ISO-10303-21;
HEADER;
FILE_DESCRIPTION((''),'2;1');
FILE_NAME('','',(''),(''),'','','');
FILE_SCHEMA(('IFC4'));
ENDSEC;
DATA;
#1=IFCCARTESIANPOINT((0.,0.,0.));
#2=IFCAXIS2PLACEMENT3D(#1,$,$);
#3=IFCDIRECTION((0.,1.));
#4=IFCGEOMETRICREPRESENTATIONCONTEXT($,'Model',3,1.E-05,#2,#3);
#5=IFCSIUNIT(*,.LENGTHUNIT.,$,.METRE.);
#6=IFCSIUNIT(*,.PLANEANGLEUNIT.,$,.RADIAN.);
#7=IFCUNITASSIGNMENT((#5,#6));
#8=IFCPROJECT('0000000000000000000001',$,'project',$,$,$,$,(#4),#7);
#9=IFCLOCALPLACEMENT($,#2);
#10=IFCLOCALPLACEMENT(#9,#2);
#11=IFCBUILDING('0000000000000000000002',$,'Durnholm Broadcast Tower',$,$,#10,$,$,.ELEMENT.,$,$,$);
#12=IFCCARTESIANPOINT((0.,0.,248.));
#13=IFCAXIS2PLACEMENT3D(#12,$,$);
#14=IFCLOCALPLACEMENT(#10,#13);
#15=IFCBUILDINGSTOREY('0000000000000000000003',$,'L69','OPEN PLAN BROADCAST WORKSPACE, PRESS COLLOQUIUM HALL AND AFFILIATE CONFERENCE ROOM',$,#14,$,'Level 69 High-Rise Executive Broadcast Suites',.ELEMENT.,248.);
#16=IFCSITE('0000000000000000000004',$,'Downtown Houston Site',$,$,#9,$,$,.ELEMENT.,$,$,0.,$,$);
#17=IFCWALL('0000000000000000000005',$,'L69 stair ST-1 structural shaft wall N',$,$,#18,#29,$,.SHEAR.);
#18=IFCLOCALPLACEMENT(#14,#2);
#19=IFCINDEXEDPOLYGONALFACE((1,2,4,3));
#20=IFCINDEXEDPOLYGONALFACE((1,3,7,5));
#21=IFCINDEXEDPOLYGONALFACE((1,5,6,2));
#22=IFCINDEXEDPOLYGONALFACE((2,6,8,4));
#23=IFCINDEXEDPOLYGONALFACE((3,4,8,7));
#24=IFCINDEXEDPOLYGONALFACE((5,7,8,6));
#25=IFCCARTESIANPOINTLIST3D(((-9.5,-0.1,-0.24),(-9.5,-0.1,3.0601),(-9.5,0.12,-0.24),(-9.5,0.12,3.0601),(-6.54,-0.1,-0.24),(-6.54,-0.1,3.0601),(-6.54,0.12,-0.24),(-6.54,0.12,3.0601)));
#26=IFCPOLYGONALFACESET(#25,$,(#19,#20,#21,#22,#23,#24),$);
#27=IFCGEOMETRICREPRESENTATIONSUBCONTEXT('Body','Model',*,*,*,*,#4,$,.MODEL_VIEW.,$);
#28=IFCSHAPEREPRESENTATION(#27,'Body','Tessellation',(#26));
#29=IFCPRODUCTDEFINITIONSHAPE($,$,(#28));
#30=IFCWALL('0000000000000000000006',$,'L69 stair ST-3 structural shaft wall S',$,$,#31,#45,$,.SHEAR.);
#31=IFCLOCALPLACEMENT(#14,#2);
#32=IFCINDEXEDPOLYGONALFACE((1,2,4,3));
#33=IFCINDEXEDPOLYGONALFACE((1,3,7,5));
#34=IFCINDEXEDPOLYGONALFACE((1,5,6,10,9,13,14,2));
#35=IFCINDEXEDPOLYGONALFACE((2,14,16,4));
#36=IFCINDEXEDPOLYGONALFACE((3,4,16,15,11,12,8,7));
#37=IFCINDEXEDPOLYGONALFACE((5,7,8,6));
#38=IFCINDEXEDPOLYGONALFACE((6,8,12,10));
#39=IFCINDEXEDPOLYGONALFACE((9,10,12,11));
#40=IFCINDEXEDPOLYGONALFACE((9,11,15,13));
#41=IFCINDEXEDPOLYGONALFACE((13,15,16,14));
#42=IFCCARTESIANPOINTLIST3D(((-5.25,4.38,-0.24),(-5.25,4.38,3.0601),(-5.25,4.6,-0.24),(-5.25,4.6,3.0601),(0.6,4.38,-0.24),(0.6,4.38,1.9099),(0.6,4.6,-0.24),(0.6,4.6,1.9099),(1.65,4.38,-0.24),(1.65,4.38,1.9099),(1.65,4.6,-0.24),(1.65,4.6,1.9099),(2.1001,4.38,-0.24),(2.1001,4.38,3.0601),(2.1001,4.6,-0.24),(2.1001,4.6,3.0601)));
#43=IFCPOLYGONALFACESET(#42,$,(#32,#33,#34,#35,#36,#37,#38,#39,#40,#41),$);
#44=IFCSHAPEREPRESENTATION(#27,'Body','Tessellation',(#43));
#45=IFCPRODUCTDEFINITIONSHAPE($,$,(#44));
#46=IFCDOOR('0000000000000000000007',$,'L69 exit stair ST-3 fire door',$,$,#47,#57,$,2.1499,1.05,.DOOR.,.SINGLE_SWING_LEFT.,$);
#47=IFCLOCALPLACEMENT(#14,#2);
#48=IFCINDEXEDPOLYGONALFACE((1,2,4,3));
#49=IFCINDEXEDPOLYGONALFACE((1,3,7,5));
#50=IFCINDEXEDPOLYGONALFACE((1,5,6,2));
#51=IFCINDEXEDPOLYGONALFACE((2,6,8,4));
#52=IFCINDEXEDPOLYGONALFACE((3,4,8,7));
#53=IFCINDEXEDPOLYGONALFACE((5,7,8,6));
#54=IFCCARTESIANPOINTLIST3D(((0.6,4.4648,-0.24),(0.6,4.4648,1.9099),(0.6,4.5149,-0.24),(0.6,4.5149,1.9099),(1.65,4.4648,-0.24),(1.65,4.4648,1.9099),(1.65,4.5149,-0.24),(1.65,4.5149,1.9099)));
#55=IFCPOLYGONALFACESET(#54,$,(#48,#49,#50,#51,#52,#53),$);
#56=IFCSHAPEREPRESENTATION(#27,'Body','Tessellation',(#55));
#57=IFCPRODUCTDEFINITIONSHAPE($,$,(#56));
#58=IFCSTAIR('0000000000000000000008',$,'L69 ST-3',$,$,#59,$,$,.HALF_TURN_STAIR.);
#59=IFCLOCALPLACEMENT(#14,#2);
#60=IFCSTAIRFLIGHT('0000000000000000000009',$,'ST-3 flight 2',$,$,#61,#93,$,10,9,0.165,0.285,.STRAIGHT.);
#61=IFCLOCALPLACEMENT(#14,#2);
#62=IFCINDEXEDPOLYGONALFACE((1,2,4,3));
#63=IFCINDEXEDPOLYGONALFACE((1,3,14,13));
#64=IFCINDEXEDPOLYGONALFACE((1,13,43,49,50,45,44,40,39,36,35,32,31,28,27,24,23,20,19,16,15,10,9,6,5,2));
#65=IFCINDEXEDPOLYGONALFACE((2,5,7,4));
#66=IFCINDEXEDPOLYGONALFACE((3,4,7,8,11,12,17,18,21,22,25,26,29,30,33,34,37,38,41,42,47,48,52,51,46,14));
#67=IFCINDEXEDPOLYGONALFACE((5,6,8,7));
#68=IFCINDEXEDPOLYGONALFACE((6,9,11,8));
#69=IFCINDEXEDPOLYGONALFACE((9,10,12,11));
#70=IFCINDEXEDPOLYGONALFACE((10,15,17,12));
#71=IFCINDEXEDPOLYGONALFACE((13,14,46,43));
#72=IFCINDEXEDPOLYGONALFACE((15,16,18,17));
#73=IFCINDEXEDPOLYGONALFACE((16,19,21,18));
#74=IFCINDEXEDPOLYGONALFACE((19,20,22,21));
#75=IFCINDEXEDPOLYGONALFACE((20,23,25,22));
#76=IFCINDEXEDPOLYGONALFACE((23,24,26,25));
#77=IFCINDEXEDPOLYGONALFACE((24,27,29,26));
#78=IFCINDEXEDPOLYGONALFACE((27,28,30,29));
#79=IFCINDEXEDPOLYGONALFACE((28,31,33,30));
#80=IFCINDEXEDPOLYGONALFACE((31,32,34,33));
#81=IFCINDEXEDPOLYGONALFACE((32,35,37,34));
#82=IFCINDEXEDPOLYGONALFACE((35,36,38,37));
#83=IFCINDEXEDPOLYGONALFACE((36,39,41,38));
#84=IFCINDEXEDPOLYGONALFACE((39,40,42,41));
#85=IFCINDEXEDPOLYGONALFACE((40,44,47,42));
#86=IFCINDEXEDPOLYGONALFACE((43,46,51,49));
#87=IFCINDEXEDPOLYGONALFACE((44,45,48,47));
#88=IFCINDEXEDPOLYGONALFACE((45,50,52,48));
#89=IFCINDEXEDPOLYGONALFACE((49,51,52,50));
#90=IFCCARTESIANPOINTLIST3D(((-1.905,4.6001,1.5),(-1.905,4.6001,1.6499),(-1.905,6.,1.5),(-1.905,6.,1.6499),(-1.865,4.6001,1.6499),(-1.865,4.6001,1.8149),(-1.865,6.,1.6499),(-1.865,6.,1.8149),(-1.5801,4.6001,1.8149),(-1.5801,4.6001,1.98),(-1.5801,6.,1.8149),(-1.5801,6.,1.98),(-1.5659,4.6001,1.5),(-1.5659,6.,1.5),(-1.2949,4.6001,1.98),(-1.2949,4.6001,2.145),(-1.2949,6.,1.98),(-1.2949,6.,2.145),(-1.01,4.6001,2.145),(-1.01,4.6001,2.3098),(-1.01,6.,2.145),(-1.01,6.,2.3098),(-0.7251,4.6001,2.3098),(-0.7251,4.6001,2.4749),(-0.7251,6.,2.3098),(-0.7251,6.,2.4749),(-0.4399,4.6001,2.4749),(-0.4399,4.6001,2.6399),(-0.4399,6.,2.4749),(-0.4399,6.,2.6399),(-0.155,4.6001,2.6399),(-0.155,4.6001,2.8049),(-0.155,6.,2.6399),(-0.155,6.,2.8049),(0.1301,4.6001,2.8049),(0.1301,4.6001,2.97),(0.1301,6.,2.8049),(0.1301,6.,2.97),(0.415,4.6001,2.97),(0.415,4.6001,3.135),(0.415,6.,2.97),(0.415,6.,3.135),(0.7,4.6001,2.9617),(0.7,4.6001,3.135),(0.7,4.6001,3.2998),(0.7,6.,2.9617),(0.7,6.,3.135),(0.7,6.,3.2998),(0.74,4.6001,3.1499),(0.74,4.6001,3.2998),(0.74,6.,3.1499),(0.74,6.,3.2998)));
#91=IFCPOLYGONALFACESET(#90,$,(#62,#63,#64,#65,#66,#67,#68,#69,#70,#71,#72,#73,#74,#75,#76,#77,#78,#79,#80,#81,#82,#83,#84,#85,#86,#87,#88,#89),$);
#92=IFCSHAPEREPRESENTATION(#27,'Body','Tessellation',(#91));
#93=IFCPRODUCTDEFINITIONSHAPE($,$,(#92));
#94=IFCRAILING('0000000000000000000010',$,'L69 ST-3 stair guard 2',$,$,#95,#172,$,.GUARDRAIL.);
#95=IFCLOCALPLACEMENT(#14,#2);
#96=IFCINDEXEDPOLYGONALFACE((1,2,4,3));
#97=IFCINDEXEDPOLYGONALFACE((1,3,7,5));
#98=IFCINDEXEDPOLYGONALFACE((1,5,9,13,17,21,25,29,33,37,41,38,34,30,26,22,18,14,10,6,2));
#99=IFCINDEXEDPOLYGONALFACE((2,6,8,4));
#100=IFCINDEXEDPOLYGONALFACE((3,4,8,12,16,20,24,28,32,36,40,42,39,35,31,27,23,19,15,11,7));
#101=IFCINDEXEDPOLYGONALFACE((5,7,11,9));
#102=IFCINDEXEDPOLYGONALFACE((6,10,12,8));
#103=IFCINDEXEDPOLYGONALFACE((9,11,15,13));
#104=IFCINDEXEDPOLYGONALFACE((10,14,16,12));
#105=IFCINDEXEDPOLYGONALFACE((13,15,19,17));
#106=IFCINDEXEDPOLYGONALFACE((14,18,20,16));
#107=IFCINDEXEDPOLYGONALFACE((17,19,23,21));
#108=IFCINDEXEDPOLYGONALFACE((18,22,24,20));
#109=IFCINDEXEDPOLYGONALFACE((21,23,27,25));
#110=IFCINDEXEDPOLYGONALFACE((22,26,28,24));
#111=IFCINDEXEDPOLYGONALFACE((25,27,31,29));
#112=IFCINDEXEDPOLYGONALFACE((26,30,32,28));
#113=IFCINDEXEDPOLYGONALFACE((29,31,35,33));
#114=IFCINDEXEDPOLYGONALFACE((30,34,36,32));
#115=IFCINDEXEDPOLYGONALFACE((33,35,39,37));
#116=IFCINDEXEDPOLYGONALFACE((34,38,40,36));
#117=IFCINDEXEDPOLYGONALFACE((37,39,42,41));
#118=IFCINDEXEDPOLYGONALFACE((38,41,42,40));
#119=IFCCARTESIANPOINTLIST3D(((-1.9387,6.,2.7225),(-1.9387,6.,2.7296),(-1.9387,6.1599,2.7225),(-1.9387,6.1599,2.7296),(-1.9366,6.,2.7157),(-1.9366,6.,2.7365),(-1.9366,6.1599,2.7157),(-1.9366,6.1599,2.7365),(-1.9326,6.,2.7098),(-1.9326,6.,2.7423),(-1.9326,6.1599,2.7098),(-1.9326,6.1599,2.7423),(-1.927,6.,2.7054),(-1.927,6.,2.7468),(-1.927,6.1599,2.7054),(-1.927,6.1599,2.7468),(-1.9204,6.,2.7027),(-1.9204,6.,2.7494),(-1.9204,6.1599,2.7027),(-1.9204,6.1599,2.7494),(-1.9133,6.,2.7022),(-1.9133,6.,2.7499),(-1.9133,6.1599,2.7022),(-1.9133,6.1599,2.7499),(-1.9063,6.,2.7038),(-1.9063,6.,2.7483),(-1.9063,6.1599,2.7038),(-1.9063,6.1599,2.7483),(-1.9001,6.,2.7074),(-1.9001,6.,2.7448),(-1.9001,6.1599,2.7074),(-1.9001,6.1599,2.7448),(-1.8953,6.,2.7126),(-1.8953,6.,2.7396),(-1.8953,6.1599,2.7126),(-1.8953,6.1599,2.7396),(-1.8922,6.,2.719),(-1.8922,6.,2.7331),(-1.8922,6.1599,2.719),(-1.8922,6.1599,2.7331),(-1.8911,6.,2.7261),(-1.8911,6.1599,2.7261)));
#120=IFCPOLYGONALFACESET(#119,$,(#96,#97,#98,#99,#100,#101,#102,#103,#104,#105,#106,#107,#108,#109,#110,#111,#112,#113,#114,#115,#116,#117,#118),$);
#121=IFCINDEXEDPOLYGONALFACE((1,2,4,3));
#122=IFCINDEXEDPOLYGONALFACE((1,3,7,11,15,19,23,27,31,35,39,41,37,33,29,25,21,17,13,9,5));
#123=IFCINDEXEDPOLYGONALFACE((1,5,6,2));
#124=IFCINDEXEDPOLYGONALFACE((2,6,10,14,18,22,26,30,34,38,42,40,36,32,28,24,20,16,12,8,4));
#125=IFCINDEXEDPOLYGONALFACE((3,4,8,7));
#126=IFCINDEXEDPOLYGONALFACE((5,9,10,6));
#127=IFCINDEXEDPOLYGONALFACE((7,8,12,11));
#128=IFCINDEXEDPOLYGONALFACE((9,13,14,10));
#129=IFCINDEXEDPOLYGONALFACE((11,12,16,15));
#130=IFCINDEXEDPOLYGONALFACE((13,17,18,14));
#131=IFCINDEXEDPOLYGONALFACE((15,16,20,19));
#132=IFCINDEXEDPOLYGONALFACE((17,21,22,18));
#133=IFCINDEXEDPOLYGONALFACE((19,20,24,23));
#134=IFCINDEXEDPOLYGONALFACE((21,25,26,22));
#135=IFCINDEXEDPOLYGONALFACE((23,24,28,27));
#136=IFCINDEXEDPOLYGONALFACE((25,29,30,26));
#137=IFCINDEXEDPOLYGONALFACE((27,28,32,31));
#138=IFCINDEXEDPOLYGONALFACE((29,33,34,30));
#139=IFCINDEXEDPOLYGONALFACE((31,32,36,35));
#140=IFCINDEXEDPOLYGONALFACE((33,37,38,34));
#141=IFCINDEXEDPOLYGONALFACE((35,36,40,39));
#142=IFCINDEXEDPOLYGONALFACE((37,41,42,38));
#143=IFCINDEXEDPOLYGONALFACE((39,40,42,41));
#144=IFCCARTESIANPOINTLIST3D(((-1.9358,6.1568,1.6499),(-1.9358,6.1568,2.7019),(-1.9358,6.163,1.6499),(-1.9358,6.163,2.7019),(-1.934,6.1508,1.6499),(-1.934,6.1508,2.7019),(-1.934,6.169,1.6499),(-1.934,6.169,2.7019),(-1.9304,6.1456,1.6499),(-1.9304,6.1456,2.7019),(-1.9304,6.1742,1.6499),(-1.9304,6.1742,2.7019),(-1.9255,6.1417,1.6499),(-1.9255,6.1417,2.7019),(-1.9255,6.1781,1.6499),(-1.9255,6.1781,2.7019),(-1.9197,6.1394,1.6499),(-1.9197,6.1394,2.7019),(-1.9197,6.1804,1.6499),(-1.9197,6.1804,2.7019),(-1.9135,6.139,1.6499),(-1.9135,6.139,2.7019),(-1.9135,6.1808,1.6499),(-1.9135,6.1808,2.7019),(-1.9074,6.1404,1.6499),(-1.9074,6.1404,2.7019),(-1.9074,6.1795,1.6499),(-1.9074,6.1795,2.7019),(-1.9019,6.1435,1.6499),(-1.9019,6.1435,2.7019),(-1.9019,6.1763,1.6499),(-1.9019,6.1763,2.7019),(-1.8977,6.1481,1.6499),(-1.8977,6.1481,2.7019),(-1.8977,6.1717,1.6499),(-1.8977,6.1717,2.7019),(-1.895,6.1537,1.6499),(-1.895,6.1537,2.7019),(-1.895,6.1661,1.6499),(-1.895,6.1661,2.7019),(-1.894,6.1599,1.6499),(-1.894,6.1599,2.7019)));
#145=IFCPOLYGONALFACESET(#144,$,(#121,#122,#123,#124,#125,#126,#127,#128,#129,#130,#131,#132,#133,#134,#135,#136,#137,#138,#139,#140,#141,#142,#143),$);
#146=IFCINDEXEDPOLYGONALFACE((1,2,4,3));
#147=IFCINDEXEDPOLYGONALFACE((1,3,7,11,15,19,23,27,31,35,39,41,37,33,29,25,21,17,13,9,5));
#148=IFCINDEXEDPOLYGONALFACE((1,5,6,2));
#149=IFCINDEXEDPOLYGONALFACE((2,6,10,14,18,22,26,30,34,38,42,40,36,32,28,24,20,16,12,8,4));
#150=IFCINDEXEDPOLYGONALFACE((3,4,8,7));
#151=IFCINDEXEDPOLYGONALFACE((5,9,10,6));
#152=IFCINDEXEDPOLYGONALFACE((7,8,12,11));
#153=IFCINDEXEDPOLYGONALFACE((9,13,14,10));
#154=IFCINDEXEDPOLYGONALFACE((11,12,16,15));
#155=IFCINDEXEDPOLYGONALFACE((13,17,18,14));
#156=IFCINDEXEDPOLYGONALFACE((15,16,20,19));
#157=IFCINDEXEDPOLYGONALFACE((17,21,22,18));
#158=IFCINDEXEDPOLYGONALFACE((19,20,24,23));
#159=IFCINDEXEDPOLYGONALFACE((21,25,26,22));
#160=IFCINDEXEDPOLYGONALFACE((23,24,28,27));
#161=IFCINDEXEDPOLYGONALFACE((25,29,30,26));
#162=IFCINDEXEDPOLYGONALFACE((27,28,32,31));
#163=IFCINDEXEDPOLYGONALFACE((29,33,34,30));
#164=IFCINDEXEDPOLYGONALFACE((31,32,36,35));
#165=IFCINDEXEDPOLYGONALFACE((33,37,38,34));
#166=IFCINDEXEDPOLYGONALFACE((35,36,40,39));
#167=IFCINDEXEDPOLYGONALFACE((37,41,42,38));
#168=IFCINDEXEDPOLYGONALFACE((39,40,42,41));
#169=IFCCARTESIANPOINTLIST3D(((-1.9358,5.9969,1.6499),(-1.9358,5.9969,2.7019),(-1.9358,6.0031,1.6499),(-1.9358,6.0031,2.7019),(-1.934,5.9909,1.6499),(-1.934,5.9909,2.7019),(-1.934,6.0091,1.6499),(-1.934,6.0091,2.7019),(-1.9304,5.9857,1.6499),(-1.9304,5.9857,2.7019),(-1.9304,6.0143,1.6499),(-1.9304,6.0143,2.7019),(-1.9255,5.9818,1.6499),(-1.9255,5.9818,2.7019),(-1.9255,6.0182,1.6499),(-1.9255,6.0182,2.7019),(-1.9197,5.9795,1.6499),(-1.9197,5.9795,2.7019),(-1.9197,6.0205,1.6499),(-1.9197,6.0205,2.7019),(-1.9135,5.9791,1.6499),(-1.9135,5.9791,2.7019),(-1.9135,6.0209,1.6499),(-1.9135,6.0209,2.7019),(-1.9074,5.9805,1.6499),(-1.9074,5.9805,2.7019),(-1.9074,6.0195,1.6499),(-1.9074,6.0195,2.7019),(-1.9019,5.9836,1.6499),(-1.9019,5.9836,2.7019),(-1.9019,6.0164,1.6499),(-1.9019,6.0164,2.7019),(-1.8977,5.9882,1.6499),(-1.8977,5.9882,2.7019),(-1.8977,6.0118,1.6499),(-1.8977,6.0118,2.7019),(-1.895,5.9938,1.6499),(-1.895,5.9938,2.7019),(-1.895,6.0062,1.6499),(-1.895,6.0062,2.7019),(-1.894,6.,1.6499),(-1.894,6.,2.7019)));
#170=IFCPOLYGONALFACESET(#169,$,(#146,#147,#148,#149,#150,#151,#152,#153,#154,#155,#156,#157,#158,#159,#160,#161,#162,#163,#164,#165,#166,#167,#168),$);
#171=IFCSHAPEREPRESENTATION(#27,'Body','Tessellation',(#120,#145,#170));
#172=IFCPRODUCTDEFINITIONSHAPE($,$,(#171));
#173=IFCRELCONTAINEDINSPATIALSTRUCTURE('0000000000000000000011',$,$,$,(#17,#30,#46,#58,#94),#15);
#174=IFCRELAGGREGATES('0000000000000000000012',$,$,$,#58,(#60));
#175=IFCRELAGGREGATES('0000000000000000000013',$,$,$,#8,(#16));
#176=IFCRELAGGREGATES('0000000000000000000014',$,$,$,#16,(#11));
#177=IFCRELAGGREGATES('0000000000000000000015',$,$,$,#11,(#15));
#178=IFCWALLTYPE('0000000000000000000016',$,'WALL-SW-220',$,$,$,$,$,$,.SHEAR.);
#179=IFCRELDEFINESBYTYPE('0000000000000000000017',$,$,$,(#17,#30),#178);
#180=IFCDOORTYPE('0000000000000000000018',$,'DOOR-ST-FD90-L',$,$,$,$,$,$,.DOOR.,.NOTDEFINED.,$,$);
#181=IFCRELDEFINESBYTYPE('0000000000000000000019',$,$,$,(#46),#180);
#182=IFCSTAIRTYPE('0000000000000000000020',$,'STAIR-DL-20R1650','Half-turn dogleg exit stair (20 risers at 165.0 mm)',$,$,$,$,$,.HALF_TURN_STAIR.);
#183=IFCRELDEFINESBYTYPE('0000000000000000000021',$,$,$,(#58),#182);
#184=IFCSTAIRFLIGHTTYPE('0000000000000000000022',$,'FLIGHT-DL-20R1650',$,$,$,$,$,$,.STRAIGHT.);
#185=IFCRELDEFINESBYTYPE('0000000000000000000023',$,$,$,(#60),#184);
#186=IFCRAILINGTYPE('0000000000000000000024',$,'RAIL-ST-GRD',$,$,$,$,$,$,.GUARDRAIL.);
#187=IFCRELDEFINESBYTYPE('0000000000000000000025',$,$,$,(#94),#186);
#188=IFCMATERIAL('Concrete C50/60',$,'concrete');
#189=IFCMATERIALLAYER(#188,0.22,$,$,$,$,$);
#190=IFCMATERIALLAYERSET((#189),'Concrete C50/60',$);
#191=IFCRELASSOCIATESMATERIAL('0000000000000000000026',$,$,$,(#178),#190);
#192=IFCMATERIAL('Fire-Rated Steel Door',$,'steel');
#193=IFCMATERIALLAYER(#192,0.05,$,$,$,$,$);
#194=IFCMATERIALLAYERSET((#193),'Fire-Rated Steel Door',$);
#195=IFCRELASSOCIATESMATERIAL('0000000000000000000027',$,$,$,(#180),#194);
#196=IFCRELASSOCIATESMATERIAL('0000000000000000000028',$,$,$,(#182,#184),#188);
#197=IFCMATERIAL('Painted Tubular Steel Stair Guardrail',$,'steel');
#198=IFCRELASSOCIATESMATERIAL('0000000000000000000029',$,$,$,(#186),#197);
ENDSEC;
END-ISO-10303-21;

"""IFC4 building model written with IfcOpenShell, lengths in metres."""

from ifc_helpers import new_model, si_unit, direction, frame, frame_2d, origin, origin_2d, place, context, subcontext, project, spatial, polyline, rectangle, circle, outline, extrude, source, transform, mapped, material, layer, layer_set, type_object, type_shapes, element, fill, aggregate, save


model = new_model("IFC4")

# Units and contexts
model_context = context("Model", 3, precision=1e-05, world=origin(), true_north=direction((0.0, 1.0)))
body_context = subcontext(model_context, "Body", "Model", "MODEL_VIEW")
ifc_project = project(units=[si_unit("LENGTHUNIT", "METRE"), si_unit("PLANEANGLEUNIT", "RADIAN")], contexts=[model_context])

# Site, building, storey
site_placement = place(None, origin())
site = spatial("IfcSite", under=ifc_project, at=site_placement, Name="Downtown Houston Site", CompositionType="ELEMENT", RefElevation=0.0)
building_placement = place(site_placement, origin())
building = spatial("IfcBuilding", under=site, at=building_placement, Name="Durnholm Broadcast Tower", CompositionType="ELEMENT")
storey_placement = place(building_placement, frame((0.0, 0.0, 248.0)))
storey = spatial("IfcBuildingStorey", under=building, at=storey_placement, Name="L69", Description="OPEN PLAN BROADCAST WORKSPACE, PRESS COLLOQUIUM HALL AND AFFILIATE CONFERENCE ROOM", LongName="Level 69 High-Rise Executive Broadcast Suites", CompositionType="ELEMENT", Elevation=248.0)

# Wall
ifc_material_1 = material(Name="Concrete C50/60", Category="concrete")
ifc_layer_1 = layer(ifc_material_1, 0.22)
ifc_layer_set_1 = layer_set([ifc_layer_1], Name="Concrete C50/60")
wall_type_1 = type_object("IfcWallType", Name="WALL-SW-220", PredefinedType="SHEAR", material=ifc_layer_set_1)
wall_1_placement = place(storey_placement, frame((-6.54, 0.01, -0.24), z_axis=(0.0, 0.0, 1.0), x_axis=(-1.0, 0.0, 0.0)))
element("IfcWall", 1, at=wall_1_placement, inside=storey, type_object=wall_type_1, Name="L69 stair ST-1 structural shaft wall N", PredefinedType="SHEAR", context=body_context, shape_type="SweptSolid", body=[
    extrude(rectangle(XDim=2.96, YDim=0.22, at=frame_2d((1.48, 0.0))), origin(), (0.0, 0.0, 1.0), 3.3),
])

# Wall, opening, door
wall_2_placement = place(storey_placement, frame((-5.25, 4.49, -0.24), z_axis=(0.0, 0.0, 1.0), x_axis=(1.0, 0.0, 0.0)))
wall_2 = element("IfcWall", 2, at=wall_2_placement, inside=storey, type_object=wall_type_1, Name="L69 stair ST-3 structural shaft wall S", PredefinedType="SHEAR", context=body_context, shape_type="SweptSolid", body=[
    extrude(rectangle(XDim=7.3501, YDim=0.22, at=frame_2d((3.675, 0.0))), origin(), (0.0, 0.0, 1.0), 3.3),
])
opening_1_placement = place(wall_2_placement, frame((5.8501, 0.0, 0.0)))
opening_1 = element("IfcOpeningElement", 3, at=opening_1_placement, cuts=wall_2, PredefinedType="OPENING", context=body_context, shape_type="SweptSolid", body=[
    extrude(rectangle(XDim=1.05, YDim=2.1499, at=frame_2d((0.5249, 1.075))), frame((0.0, 0.1201, 0.0), z_axis=(0.0, -1.0, 0.0), x_axis=(1.0, 0.0, 0.0)), (0.0, 0.0, 1.0), 0.24),
])
ifc_material_2 = material(Name="Fire-Rated Steel Door", Category="steel")
ifc_layer_2 = layer(ifc_material_2, 0.05)
ifc_layer_set_2 = layer_set([ifc_layer_2], Name="Fire-Rated Steel Door")
door_type_1 = type_object("IfcDoorType", Name="DOOR-ST-FD90-L", OperationType="NOTDEFINED", PredefinedType="DOOR", material=ifc_layer_set_2)
shared_shape_1 = source(origin(), body_context, "Body", "SweptSolid", [
    extrude(rectangle(XDim=1.05, YDim=2.1499, at=frame_2d((0.5249, 1.075))), frame((0.0, 0.0249, 0.0), z_axis=(0.0, -1.0, 0.0), x_axis=(1.0, 0.0, 0.0)), (0.0, 0.0, 1.0), 0.05),
])
type_shapes(door_type_1, [shared_shape_1])
door_1_placement = place(opening_1_placement, origin())
door_1 = element("IfcDoor", 4, at=door_1_placement, inside=storey, type_object=door_type_1, Name="L69 exit stair ST-3 fire door", OperationType="SINGLE_SWING_LEFT", OverallHeight=2.1499, OverallWidth=1.05, PredefinedType="DOOR", context=body_context, shape_type="MappedRepresentation", body=[
    mapped(shared_shape_1, transform((0.0, 0.0, 0.0), x_axis=(1.0, 0.0, 0.0), y_axis=(0.0, 1.0, 0.0), z_axis=(0.0, 0.0, 1.0), scale=1.0)),
])
fill(opening_1, door_1)

# Stair, stair flight
stair_type = type_object("IfcStairType", Name="STAIR-DL-20R1650", Description="Half-turn dogleg exit stair (20 risers at 165.0 mm)", PredefinedType="HALF_TURN_STAIR", material=ifc_material_1)
stair_placement = place(storey_placement, origin())
stair = element("IfcStair", 5, at=stair_placement, inside=storey, type_object=stair_type, Name="L69 ST-3", PredefinedType="HALF_TURN_STAIR")
stair_flight_type = type_object("IfcStairFlightType", Name="FLIGHT-DL-20R1650", PredefinedType="STRAIGHT", material=ifc_material_1)
stair_flight_placement = place(storey_placement, frame((-1.865, 5.3, 1.6499), z_axis=(0.0, 0.0, 1.0), x_axis=(1.0, 0.0, 0.0)))
stair_flight = element("IfcStairFlight", 6, at=stair_flight_placement, type_object=stair_flight_type, Name="ST-3 flight 2", NumberOfRisers=10, NumberOfTreads=9, PredefinedType="STRAIGHT", RiserHeight=0.165, TreadLength=0.285, context=body_context, shape_type="SweptSolid", body=[
    extrude(outline(polyline([(-0.04, -0.1499), (-0.04, 0.0), (0.0, 0.0), (0.0, 0.165), (0.2849, 0.165), (0.2849, 0.3301), (0.5701, 0.3301), (0.5701, 0.4951), (0.855, 0.4951), (0.855, 0.6599), (1.1399, 0.6599), (1.1399, 0.825), (1.425, 0.825), (1.425, 0.99), (1.71, 0.99), (1.71, 1.155), (1.9951, 1.155), (1.9951, 1.3201), (2.28, 1.3201), (2.28, 1.4851), (2.5649, 1.4851), (2.5649, 1.6499), (2.605, 1.6499), (2.605, 1.5), (2.5649, 1.3118), (0.2991, -0.1499), (-0.04, -0.1499)])), frame((0.0, 0.7, 0.0), z_axis=(0.0, -1.0, 0.0), x_axis=(1.0, 0.0, 0.0)), (0.0, 0.0, 1.0), 1.3999),
])
aggregate(stair, [stair_flight])

# Railing
ifc_material_3 = material(Name="Painted Tubular Steel Stair Guardrail", Category="steel")
railing_type_1 = type_object("IfcRailingType", Name="RAIL-ST-GRD", PredefinedType="GUARDRAIL", material=ifc_material_3)
railing_1_placement = place(storey_placement, frame((-1.915, 6.1599, 1.6499)))
element("IfcRailing", 7, at=railing_1_placement, inside=storey, type_object=railing_type_1, Name="L69 ST-3 stair guard 2", PredefinedType="GUARDRAIL", context=body_context, shape_type="SweptSolid", body=[
    extrude(circle(Radius=0.0239, at=origin_2d()), frame((0.0, 0.0, 1.0762), z_axis=(0.0, -1.0, 0.0), x_axis=(1.0, 0.0, 0.0)), (0.0, 0.0, 1.0), 0.1599),
    extrude(circle(Radius=0.021, at=origin_2d()), origin(), (0.0, 0.0, 1.0), 1.052),
    extrude(circle(Radius=0.021, at=origin_2d()), frame((0.0, -0.1599, 0.0)), (0.0, 0.0, 1.0), 1.052),
])

save(model, "model.ifc")
